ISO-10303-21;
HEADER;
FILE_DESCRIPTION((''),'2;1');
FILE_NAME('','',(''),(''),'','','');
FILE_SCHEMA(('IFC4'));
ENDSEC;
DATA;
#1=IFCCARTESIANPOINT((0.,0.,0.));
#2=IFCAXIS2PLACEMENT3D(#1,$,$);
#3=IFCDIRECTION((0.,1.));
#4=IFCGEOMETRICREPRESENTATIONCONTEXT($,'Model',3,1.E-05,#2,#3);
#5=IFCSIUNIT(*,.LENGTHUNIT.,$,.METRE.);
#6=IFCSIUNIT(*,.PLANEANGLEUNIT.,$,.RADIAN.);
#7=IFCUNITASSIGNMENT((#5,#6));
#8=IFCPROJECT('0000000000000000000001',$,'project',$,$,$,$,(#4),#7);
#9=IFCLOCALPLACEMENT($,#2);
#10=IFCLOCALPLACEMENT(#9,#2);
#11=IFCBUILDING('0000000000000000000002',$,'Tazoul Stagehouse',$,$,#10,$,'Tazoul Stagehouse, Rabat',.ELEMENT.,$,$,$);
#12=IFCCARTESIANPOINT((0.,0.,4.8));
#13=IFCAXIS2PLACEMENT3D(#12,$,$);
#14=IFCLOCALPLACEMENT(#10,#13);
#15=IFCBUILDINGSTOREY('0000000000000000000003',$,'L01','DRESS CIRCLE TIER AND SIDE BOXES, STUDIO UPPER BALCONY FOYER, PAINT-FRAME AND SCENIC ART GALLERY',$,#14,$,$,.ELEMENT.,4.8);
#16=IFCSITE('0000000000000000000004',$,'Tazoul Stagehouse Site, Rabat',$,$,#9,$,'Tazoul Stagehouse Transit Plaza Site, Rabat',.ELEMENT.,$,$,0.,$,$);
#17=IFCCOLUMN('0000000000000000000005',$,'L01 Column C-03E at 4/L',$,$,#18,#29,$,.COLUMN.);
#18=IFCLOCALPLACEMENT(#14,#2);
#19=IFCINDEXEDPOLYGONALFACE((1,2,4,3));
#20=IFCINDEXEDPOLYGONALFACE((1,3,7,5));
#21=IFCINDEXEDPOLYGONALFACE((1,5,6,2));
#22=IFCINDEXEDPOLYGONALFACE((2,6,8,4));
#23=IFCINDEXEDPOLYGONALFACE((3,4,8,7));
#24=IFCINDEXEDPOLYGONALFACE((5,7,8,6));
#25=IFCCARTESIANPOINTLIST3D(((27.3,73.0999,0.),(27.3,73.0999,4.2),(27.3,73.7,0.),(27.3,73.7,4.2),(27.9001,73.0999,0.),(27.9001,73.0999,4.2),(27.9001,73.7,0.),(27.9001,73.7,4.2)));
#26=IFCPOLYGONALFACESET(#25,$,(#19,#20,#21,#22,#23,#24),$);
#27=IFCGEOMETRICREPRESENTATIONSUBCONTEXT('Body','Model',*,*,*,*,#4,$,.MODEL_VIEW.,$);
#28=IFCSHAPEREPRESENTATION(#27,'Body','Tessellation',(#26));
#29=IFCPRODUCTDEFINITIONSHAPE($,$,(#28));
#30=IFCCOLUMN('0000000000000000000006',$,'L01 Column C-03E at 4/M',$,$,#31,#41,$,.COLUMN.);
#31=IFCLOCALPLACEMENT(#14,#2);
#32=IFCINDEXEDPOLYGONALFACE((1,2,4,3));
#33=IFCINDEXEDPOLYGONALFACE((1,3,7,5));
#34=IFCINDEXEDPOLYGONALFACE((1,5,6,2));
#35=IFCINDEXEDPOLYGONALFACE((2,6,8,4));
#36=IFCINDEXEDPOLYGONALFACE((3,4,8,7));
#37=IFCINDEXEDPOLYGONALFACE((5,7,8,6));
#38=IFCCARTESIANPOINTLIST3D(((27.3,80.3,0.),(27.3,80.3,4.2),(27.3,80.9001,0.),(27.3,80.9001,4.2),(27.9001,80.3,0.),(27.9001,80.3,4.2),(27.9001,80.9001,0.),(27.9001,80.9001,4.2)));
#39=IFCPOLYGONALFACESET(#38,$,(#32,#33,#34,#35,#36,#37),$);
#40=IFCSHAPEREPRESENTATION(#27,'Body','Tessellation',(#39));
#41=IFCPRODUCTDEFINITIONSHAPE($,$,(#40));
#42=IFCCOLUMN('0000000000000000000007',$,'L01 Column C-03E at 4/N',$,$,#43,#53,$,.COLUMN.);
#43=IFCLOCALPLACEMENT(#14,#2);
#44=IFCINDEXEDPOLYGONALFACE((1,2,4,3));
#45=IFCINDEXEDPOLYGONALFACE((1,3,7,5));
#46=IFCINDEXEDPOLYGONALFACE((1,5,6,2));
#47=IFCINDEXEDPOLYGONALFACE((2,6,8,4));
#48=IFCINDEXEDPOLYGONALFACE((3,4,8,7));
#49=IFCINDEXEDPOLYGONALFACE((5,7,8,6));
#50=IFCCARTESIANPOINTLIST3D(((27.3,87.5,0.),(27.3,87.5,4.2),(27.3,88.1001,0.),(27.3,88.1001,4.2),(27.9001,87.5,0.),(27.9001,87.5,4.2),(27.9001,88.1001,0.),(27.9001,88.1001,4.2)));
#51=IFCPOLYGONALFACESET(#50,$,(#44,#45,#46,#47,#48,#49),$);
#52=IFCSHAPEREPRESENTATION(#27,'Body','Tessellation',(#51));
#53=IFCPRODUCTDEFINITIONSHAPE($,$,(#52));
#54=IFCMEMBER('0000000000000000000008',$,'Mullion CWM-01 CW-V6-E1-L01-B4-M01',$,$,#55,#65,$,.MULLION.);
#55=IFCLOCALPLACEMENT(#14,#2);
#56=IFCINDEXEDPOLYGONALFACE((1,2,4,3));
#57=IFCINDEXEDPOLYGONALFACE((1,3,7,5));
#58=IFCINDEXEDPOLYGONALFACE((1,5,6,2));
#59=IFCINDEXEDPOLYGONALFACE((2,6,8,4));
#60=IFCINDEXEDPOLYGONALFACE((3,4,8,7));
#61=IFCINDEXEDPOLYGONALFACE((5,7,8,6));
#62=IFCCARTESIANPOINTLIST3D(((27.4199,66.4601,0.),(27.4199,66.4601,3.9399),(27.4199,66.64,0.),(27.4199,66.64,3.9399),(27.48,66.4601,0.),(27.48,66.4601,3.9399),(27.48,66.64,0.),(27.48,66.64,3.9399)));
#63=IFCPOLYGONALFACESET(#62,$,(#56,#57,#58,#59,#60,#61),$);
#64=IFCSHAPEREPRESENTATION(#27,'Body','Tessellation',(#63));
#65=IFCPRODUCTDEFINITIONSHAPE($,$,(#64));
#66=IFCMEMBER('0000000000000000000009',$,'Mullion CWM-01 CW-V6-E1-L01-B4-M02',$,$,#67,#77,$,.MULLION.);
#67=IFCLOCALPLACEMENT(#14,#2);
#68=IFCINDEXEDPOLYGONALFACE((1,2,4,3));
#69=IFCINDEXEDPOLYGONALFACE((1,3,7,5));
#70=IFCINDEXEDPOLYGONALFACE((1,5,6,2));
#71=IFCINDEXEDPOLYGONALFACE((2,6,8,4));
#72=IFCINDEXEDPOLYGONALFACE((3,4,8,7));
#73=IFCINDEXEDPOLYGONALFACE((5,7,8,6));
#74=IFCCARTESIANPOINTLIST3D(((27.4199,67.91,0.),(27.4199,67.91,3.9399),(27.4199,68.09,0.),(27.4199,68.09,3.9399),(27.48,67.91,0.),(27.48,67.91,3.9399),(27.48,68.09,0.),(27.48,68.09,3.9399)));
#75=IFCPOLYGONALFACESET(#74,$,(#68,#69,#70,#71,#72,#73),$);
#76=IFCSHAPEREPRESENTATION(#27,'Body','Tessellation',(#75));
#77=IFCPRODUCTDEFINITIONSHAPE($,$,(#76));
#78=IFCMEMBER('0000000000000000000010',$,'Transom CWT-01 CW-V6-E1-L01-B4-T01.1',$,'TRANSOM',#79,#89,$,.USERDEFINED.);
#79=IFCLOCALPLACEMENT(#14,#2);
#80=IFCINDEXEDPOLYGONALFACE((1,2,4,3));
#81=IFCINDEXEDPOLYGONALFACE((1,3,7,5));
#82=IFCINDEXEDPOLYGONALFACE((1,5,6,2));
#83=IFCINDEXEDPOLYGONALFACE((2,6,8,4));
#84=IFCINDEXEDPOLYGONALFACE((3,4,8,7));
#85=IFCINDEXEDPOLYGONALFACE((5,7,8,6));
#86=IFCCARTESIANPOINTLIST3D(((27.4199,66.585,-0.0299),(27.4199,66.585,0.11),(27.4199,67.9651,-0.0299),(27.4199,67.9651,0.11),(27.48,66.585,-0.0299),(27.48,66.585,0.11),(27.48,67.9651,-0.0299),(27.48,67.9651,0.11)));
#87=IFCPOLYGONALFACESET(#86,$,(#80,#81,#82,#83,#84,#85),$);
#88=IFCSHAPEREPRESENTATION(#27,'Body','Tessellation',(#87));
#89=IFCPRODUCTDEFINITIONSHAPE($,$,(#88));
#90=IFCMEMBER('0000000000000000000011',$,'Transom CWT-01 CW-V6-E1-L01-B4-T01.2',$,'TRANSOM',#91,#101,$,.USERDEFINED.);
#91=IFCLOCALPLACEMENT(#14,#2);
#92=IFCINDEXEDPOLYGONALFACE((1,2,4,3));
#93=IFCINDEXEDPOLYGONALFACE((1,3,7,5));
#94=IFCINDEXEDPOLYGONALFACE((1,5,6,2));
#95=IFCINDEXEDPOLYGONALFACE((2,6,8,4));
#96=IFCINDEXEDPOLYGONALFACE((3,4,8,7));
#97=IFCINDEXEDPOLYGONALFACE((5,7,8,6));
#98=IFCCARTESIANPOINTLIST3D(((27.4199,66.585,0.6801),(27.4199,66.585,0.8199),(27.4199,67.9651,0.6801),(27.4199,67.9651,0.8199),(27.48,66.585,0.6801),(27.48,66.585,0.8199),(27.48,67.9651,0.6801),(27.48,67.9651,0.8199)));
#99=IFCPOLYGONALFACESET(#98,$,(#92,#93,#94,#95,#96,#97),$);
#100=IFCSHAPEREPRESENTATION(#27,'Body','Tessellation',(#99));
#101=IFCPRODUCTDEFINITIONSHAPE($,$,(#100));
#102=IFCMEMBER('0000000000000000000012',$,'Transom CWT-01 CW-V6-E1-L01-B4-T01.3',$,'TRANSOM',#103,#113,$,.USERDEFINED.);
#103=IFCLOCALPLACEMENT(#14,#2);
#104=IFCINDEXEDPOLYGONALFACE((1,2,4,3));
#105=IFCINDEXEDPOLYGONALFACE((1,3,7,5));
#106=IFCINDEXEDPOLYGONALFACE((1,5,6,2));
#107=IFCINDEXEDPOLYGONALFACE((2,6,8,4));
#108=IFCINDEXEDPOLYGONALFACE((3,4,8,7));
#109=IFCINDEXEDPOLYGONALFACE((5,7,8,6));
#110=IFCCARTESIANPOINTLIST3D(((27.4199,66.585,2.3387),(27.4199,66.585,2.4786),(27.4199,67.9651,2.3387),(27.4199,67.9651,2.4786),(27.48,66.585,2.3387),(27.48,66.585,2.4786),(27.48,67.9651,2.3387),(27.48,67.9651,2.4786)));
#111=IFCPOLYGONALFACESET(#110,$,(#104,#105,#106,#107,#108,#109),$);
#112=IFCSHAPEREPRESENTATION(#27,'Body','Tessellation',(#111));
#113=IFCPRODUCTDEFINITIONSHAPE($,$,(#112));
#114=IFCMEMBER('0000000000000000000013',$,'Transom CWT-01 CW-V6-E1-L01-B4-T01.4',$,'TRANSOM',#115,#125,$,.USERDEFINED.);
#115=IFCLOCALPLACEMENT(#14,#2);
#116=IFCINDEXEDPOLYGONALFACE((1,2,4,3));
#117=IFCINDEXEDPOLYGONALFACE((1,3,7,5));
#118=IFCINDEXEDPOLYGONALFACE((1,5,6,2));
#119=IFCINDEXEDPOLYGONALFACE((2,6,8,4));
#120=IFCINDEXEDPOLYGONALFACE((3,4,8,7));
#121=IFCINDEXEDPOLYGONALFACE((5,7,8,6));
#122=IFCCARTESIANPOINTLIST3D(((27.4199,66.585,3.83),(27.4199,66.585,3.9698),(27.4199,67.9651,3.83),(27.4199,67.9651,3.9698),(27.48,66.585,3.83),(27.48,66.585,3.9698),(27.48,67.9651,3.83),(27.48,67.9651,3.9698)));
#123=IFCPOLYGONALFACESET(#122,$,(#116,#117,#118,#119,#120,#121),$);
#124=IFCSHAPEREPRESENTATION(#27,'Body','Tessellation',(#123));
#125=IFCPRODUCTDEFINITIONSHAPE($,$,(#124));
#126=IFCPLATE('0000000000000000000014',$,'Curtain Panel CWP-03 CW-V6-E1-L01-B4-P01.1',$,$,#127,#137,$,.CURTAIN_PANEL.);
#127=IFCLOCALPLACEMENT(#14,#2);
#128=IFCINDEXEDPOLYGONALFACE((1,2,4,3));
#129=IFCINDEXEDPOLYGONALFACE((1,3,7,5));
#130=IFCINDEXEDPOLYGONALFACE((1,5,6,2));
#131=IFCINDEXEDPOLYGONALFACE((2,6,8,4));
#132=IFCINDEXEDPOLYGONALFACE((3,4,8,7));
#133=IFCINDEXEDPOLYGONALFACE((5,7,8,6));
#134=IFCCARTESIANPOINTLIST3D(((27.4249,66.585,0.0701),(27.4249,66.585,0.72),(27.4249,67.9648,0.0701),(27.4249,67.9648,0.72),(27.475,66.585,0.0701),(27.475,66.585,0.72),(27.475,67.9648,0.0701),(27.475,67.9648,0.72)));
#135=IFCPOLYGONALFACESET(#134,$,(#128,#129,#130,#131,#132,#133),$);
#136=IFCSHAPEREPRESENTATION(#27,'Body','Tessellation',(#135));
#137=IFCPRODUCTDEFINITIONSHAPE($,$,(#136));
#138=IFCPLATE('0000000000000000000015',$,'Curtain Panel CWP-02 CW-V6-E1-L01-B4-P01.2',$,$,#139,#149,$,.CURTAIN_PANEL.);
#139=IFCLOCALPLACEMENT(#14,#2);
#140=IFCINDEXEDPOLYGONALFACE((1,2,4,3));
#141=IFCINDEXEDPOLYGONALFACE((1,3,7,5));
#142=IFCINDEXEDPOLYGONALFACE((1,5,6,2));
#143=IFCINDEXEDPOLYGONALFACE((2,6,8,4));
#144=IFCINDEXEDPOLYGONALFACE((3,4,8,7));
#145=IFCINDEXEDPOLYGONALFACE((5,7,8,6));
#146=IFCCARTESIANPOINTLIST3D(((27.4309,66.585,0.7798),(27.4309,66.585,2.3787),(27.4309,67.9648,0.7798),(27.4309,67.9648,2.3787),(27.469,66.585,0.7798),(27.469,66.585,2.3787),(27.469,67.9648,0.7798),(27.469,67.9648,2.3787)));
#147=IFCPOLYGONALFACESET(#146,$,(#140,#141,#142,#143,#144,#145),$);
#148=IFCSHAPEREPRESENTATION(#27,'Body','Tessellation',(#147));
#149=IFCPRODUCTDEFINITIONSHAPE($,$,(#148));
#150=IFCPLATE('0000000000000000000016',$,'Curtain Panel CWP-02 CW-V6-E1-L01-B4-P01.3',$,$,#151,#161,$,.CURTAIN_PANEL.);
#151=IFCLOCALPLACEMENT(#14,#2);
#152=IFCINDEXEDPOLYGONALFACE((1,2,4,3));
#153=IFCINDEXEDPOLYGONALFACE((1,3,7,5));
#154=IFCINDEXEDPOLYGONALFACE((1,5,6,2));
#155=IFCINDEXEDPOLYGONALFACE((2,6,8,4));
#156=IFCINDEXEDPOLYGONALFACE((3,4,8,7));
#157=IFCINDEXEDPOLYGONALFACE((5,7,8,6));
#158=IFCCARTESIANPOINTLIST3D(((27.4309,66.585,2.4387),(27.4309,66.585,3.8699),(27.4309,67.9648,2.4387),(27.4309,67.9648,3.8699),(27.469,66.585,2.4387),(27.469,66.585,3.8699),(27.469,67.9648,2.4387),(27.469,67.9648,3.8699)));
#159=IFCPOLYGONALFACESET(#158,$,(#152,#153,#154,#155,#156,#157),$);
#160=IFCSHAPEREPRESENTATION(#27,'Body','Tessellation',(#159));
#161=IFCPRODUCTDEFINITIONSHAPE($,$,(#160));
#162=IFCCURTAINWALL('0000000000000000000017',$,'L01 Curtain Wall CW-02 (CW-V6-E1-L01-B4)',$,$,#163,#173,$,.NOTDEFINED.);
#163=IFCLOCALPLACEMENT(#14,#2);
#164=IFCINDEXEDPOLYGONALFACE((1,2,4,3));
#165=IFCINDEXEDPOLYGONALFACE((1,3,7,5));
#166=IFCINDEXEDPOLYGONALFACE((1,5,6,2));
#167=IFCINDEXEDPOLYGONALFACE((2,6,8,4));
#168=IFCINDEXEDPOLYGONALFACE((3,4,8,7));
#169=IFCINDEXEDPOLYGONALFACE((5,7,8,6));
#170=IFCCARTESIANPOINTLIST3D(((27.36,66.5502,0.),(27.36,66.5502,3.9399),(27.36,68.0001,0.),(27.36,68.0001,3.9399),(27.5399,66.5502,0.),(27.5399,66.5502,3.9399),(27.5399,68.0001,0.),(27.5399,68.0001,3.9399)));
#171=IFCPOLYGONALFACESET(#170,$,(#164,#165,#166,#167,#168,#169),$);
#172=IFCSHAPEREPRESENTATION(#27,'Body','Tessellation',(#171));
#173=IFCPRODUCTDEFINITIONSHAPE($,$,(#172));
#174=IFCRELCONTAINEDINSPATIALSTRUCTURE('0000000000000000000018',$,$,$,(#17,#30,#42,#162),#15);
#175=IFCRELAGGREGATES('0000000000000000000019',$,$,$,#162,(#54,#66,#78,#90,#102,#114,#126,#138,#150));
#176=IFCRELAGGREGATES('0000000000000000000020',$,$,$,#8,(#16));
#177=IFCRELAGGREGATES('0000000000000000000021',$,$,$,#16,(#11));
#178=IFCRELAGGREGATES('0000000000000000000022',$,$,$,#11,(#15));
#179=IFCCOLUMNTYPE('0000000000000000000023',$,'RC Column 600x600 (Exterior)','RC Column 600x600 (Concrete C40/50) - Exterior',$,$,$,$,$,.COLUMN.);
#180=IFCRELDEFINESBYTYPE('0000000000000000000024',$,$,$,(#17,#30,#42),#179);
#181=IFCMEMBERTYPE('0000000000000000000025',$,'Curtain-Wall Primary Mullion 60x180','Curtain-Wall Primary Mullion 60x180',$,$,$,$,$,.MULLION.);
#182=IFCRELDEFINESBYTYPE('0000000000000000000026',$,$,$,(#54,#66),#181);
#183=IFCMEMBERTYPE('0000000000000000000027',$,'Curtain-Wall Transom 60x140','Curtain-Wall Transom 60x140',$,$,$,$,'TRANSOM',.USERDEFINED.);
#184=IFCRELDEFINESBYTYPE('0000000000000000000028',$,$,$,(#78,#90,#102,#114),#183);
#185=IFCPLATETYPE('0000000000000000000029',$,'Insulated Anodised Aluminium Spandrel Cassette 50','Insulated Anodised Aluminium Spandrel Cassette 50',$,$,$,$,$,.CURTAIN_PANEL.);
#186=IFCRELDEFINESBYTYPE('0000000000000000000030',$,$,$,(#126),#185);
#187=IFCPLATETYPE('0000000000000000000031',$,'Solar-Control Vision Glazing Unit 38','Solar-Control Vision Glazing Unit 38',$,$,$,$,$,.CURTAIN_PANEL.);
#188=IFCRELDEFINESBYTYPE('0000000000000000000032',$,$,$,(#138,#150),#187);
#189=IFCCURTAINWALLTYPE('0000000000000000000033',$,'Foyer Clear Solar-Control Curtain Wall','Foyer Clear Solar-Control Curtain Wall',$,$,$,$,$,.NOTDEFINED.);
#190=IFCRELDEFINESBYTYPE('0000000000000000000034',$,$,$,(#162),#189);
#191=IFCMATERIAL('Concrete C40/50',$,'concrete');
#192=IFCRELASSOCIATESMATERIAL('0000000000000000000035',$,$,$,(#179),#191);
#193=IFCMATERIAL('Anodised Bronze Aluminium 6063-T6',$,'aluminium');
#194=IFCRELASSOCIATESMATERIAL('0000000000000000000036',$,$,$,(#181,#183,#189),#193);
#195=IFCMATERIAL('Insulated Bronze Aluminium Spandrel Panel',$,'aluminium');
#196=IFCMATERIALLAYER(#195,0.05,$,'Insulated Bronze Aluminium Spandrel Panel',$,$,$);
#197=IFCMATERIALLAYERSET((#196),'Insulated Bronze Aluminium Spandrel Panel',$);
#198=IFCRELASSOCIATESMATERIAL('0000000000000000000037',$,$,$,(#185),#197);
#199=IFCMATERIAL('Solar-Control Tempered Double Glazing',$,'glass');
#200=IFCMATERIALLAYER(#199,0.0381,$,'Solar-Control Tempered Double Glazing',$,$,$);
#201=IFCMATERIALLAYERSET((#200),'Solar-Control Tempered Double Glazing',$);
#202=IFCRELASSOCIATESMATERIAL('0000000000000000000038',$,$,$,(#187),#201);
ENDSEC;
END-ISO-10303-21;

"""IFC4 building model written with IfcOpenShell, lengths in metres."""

from ifc_helpers import new_model, si_unit, direction, frame, frame_2d, origin, origin_2d, place, context, subcontext, project, spatial, rectangle, extrude, material, layer, layer_set, material_profile, profile_set, type_object, element, aggregate, save


model = new_model("IFC4")

# Units and contexts
model_context = context("Model", 3, precision=1e-05, world=origin(), true_north=direction((0.0, 1.0)))
body_context = subcontext(model_context, "Body", "Model", "MODEL_VIEW")
ifc_project = project(units=[si_unit("LENGTHUNIT", "METRE"), si_unit("PLANEANGLEUNIT", "RADIAN")], contexts=[model_context])

# Site, building, storey
site_placement = place(None, origin())
site = spatial("IfcSite", under=ifc_project, at=site_placement, Name="Tazoul Stagehouse Site, Rabat", LongName="Tazoul Stagehouse Transit Plaza Site, Rabat", CompositionType="ELEMENT", RefElevation=0.0)
building_placement = place(site_placement, origin())
building = spatial("IfcBuilding", under=site, at=building_placement, Name="Tazoul Stagehouse", LongName="Tazoul Stagehouse, Rabat", CompositionType="ELEMENT")
storey_placement = place(building_placement, frame((0.0, 0.0, 4.8)))
storey = spatial("IfcBuildingStorey", under=building, at=storey_placement, Name="L01", Description="DRESS CIRCLE TIER AND SIDE BOXES, STUDIO UPPER BALCONY FOYER, PAINT-FRAME AND SCENIC ART GALLERY", CompositionType="ELEMENT", Elevation=4.8)

# Columns
ifc_material_1 = material(Name="Concrete C40/50", Category="concrete")
ifc_material_profile_1 = material_profile(ifc_material_1, rectangle(XDim=0.6001, YDim=0.6001, at=origin_2d()), Name="RC 600x600")
ifc_profile_set_1 = profile_set([ifc_material_profile_1], Name="Concrete C40/50")
column_type = type_object("IfcColumnType", Name="RC Column 600x600 (Exterior)", Description="RC Column 600x600 (Concrete C40/50) - Exterior", PredefinedType="COLUMN", material=ifc_profile_set_1)
for number, where, z_axis, x_axis, name in (
    (1, (27.6001, 73.3999, 0.0), (0.0, 0.0, 1.0), (1.0, 0.0, 0.0), "L01 Column C-03E at 4/L"),
    (2, (27.6001, 80.6001, 0.0), (0.0, 0.0, 1.0), (1.0, 0.0, 0.0), "L01 Column C-03E at 4/M"),
    (3, (27.6001, 87.8, 0.0), (0.0, 0.0, 1.0), (1.0, 0.0, 0.0), "L01 Column C-03E at 4/N"),
):
    element("IfcColumn", number, at=place(storey_placement, frame(where, z_axis=z_axis, x_axis=x_axis)), inside=storey, type_object=column_type, Name=name, PredefinedType="COLUMN", context=body_context, shape_type="SweptSolid", body=[
        extrude(rectangle(XDim=0.6001, YDim=0.6001, at=origin_2d()), origin(), (0.0, 0.0, 1.0), 4.2),
    ])

# Members
ifc_material_2 = material(Name="Anodised Bronze Aluminium 6063-T6", Category="aluminium")
ifc_material_profile_2 = material_profile(ifc_material_2, rectangle(XDim=0.0601, YDim=0.1799, at=origin_2d()), Name="ALU MULLION 60x180")
ifc_profile_set_2 = profile_set([ifc_material_profile_2], Name="Anodised Bronze Aluminium 6063-T6")
member_type_1 = type_object("IfcMemberType", Name="Curtain-Wall Primary Mullion 60x180", Description="Curtain-Wall Primary Mullion 60x180", PredefinedType="MULLION", material=ifc_profile_set_2)
member_1_placement = place(storey_placement, frame((27.45, 66.55, 0.0), z_axis=(0.0, 0.0, 1.0), x_axis=(1.0, 0.0, 0.0)))
member_1 = element("IfcMember", 4, at=member_1_placement, type_object=member_type_1, Name="Mullion CWM-01 CW-V6-E1-L01-B4-M01", PredefinedType="MULLION", context=body_context, shape_type="SweptSolid", body=[
    extrude(rectangle(XDim=0.0601, YDim=0.1799, at=origin_2d()), origin(), (0.0, 0.0, 1.0), 3.9399),
])
member_2_placement = place(storey_placement, frame((27.45, 68.0, 0.0), z_axis=(0.0, 0.0, 1.0), x_axis=(1.0, 0.0, 0.0)))
member_2 = element("IfcMember", 5, at=member_2_placement, type_object=member_type_1, Name="Mullion CWM-01 CW-V6-E1-L01-B4-M02", PredefinedType="MULLION", context=body_context, shape_type="SweptSolid", body=[
    extrude(rectangle(XDim=0.0601, YDim=0.1799, at=origin_2d()), origin(), (0.0, 0.0, 1.0), 3.9399),
])
ifc_material_profile_3 = material_profile(ifc_material_2, rectangle(XDim=0.0601, YDim=0.1399, at=origin_2d()), Name="ALU TRANSOM 60x140")
ifc_profile_set_3 = profile_set([ifc_material_profile_3], Name="Anodised Bronze Aluminium 6063-T6")
member_type_2 = type_object("IfcMemberType", Name="Curtain-Wall Transom 60x140", Description="Curtain-Wall Transom 60x140", ElementType="TRANSOM", PredefinedType="USERDEFINED", material=ifc_profile_set_3)
member_3_placement = place(storey_placement, frame((27.45, 66.585, 0.04), z_axis=(0.0, 1.0, 0.0), x_axis=(-1.0, 0.0, 0.0)))
member_3 = element("IfcMember", 6, at=member_3_placement, type_object=member_type_2, Name="Transom CWT-01 CW-V6-E1-L01-B4-T01.1", ObjectType="TRANSOM", PredefinedType="USERDEFINED", context=body_context, shape_type="SweptSolid", body=[
    extrude(rectangle(XDim=0.0601, YDim=0.1399, at=origin_2d()), origin(), (0.0, 0.0, 1.0), 1.3801),
])
member_4_placement = place(storey_placement, frame((27.45, 66.585, 0.75), z_axis=(0.0, 1.0, 0.0), x_axis=(-1.0, 0.0, 0.0)))
member_4 = element("IfcMember", 7, at=member_4_placement, type_object=member_type_2, Name="Transom CWT-01 CW-V6-E1-L01-B4-T01.2", ObjectType="TRANSOM", PredefinedType="USERDEFINED", context=body_context, shape_type="SweptSolid", body=[
    extrude(rectangle(XDim=0.0601, YDim=0.1399, at=origin_2d()), origin(), (0.0, 0.0, 1.0), 1.3801),
])
member_5_placement = place(storey_placement, frame((27.45, 66.585, 2.4087), z_axis=(0.0, 1.0, 0.0), x_axis=(-1.0, 0.0, 0.0)))
member_5 = element("IfcMember", 8, at=member_5_placement, type_object=member_type_2, Name="Transom CWT-01 CW-V6-E1-L01-B4-T01.3", ObjectType="TRANSOM", PredefinedType="USERDEFINED", context=body_context, shape_type="SweptSolid", body=[
    extrude(rectangle(XDim=0.0601, YDim=0.1399, at=origin_2d()), origin(), (0.0, 0.0, 1.0), 1.3801),
])
member_6_placement = place(storey_placement, frame((27.45, 66.585, 3.8999), z_axis=(0.0, 1.0, 0.0), x_axis=(-1.0, 0.0, 0.0)))
member_6 = element("IfcMember", 9, at=member_6_placement, type_object=member_type_2, Name="Transom CWT-01 CW-V6-E1-L01-B4-T01.4", ObjectType="TRANSOM", PredefinedType="USERDEFINED", context=body_context, shape_type="SweptSolid", body=[
    extrude(rectangle(XDim=0.0601, YDim=0.1399, at=origin_2d()), origin(), (0.0, 0.0, 1.0), 1.3801),
])

# Plate
ifc_material_3 = material(Name="Insulated Bronze Aluminium Spandrel Panel", Category="aluminium")
ifc_layer_1 = layer(ifc_material_3, 0.05, Name="Insulated Bronze Aluminium Spandrel Panel")
ifc_layer_set_1 = layer_set([ifc_layer_1], Name="Insulated Bronze Aluminium Spandrel Panel")
plate_type_1 = type_object("IfcPlateType", Name="Insulated Anodised Aluminium Spandrel Cassette 50", Description="Insulated Anodised Aluminium Spandrel Cassette 50", PredefinedType="CURTAIN_PANEL", material=ifc_layer_set_1)
plate_1_placement = place(storey_placement, frame((27.45, 67.2749, 0.0701), z_axis=(0.0, 0.0, 1.0), x_axis=(0.0, 1.0, 0.0)))
plate_1 = element("IfcPlate", 10, at=plate_1_placement, type_object=plate_type_1, Name="Curtain Panel CWP-03 CW-V6-E1-L01-B4-P01.1", PredefinedType="CURTAIN_PANEL", context=body_context, shape_type="SweptSolid", body=[
    extrude(rectangle(XDim=1.3799, YDim=0.05, at=origin_2d()), origin(), (0.0, 0.0, 1.0), 0.6499),
])

# Plates
ifc_material_4 = material(Name="Solar-Control Tempered Double Glazing", Category="glass")
ifc_layer_2 = layer(ifc_material_4, 0.0381, Name="Solar-Control Tempered Double Glazing")
ifc_layer_set_2 = layer_set([ifc_layer_2], Name="Solar-Control Tempered Double Glazing")
plate_type_2 = type_object("IfcPlateType", Name="Solar-Control Vision Glazing Unit 38", Description="Solar-Control Vision Glazing Unit 38", PredefinedType="CURTAIN_PANEL", material=ifc_layer_set_2)
plate_2_placement = place(storey_placement, frame((27.45, 67.2749, 0.7798), z_axis=(0.0, 0.0, 1.0), x_axis=(0.0, 1.0, 0.0)))
plate_2 = element("IfcPlate", 11, at=plate_2_placement, type_object=plate_type_2, Name="Curtain Panel CWP-02 CW-V6-E1-L01-B4-P01.2", PredefinedType="CURTAIN_PANEL", context=body_context, shape_type="SweptSolid", body=[
    extrude(rectangle(XDim=1.3799, YDim=0.0381, at=origin_2d()), origin(), (0.0, 0.0, 1.0), 1.5989),
])
plate_3_placement = place(storey_placement, frame((27.45, 67.2749, 2.4387), z_axis=(0.0, 0.0, 1.0), x_axis=(0.0, 1.0, 0.0)))
plate_3 = element("IfcPlate", 12, at=plate_3_placement, type_object=plate_type_2, Name="Curtain Panel CWP-02 CW-V6-E1-L01-B4-P01.3", PredefinedType="CURTAIN_PANEL", context=body_context, shape_type="SweptSolid", body=[
    extrude(rectangle(XDim=1.3799, YDim=0.0381, at=origin_2d()), origin(), (0.0, 0.0, 1.0), 1.4312),
])

# Curtain wall
curtain_wall_type = type_object("IfcCurtainWallType", Name="Foyer Clear Solar-Control Curtain Wall", Description="Foyer Clear Solar-Control Curtain Wall", PredefinedType="NOTDEFINED", material=ifc_material_2)
curtain_wall_placement = place(storey_placement, frame((27.45, 66.55, 0.0), z_axis=(0.0, 0.0, 1.0), x_axis=(0.0, 1.0, 0.0)))
curtain_wall = element("IfcCurtainWall", 13, at=curtain_wall_placement, inside=storey, type_object=curtain_wall_type, Name="L01 Curtain Wall CW-02 (CW-V6-E1-L01-B4)", PredefinedType="NOTDEFINED", context=body_context, shape_type="SweptSolid", body=[
    extrude(rectangle(XDim=1.45, YDim=0.1799, at=frame_2d((0.7251, 0.0))), origin(), (0.0, 0.0, 1.0), 3.9399),
])
aggregate(curtain_wall, [member_1, member_2, member_3, member_4, member_5, member_6, plate_1, plate_2, plate_3])

save(model, "model.ifc")
